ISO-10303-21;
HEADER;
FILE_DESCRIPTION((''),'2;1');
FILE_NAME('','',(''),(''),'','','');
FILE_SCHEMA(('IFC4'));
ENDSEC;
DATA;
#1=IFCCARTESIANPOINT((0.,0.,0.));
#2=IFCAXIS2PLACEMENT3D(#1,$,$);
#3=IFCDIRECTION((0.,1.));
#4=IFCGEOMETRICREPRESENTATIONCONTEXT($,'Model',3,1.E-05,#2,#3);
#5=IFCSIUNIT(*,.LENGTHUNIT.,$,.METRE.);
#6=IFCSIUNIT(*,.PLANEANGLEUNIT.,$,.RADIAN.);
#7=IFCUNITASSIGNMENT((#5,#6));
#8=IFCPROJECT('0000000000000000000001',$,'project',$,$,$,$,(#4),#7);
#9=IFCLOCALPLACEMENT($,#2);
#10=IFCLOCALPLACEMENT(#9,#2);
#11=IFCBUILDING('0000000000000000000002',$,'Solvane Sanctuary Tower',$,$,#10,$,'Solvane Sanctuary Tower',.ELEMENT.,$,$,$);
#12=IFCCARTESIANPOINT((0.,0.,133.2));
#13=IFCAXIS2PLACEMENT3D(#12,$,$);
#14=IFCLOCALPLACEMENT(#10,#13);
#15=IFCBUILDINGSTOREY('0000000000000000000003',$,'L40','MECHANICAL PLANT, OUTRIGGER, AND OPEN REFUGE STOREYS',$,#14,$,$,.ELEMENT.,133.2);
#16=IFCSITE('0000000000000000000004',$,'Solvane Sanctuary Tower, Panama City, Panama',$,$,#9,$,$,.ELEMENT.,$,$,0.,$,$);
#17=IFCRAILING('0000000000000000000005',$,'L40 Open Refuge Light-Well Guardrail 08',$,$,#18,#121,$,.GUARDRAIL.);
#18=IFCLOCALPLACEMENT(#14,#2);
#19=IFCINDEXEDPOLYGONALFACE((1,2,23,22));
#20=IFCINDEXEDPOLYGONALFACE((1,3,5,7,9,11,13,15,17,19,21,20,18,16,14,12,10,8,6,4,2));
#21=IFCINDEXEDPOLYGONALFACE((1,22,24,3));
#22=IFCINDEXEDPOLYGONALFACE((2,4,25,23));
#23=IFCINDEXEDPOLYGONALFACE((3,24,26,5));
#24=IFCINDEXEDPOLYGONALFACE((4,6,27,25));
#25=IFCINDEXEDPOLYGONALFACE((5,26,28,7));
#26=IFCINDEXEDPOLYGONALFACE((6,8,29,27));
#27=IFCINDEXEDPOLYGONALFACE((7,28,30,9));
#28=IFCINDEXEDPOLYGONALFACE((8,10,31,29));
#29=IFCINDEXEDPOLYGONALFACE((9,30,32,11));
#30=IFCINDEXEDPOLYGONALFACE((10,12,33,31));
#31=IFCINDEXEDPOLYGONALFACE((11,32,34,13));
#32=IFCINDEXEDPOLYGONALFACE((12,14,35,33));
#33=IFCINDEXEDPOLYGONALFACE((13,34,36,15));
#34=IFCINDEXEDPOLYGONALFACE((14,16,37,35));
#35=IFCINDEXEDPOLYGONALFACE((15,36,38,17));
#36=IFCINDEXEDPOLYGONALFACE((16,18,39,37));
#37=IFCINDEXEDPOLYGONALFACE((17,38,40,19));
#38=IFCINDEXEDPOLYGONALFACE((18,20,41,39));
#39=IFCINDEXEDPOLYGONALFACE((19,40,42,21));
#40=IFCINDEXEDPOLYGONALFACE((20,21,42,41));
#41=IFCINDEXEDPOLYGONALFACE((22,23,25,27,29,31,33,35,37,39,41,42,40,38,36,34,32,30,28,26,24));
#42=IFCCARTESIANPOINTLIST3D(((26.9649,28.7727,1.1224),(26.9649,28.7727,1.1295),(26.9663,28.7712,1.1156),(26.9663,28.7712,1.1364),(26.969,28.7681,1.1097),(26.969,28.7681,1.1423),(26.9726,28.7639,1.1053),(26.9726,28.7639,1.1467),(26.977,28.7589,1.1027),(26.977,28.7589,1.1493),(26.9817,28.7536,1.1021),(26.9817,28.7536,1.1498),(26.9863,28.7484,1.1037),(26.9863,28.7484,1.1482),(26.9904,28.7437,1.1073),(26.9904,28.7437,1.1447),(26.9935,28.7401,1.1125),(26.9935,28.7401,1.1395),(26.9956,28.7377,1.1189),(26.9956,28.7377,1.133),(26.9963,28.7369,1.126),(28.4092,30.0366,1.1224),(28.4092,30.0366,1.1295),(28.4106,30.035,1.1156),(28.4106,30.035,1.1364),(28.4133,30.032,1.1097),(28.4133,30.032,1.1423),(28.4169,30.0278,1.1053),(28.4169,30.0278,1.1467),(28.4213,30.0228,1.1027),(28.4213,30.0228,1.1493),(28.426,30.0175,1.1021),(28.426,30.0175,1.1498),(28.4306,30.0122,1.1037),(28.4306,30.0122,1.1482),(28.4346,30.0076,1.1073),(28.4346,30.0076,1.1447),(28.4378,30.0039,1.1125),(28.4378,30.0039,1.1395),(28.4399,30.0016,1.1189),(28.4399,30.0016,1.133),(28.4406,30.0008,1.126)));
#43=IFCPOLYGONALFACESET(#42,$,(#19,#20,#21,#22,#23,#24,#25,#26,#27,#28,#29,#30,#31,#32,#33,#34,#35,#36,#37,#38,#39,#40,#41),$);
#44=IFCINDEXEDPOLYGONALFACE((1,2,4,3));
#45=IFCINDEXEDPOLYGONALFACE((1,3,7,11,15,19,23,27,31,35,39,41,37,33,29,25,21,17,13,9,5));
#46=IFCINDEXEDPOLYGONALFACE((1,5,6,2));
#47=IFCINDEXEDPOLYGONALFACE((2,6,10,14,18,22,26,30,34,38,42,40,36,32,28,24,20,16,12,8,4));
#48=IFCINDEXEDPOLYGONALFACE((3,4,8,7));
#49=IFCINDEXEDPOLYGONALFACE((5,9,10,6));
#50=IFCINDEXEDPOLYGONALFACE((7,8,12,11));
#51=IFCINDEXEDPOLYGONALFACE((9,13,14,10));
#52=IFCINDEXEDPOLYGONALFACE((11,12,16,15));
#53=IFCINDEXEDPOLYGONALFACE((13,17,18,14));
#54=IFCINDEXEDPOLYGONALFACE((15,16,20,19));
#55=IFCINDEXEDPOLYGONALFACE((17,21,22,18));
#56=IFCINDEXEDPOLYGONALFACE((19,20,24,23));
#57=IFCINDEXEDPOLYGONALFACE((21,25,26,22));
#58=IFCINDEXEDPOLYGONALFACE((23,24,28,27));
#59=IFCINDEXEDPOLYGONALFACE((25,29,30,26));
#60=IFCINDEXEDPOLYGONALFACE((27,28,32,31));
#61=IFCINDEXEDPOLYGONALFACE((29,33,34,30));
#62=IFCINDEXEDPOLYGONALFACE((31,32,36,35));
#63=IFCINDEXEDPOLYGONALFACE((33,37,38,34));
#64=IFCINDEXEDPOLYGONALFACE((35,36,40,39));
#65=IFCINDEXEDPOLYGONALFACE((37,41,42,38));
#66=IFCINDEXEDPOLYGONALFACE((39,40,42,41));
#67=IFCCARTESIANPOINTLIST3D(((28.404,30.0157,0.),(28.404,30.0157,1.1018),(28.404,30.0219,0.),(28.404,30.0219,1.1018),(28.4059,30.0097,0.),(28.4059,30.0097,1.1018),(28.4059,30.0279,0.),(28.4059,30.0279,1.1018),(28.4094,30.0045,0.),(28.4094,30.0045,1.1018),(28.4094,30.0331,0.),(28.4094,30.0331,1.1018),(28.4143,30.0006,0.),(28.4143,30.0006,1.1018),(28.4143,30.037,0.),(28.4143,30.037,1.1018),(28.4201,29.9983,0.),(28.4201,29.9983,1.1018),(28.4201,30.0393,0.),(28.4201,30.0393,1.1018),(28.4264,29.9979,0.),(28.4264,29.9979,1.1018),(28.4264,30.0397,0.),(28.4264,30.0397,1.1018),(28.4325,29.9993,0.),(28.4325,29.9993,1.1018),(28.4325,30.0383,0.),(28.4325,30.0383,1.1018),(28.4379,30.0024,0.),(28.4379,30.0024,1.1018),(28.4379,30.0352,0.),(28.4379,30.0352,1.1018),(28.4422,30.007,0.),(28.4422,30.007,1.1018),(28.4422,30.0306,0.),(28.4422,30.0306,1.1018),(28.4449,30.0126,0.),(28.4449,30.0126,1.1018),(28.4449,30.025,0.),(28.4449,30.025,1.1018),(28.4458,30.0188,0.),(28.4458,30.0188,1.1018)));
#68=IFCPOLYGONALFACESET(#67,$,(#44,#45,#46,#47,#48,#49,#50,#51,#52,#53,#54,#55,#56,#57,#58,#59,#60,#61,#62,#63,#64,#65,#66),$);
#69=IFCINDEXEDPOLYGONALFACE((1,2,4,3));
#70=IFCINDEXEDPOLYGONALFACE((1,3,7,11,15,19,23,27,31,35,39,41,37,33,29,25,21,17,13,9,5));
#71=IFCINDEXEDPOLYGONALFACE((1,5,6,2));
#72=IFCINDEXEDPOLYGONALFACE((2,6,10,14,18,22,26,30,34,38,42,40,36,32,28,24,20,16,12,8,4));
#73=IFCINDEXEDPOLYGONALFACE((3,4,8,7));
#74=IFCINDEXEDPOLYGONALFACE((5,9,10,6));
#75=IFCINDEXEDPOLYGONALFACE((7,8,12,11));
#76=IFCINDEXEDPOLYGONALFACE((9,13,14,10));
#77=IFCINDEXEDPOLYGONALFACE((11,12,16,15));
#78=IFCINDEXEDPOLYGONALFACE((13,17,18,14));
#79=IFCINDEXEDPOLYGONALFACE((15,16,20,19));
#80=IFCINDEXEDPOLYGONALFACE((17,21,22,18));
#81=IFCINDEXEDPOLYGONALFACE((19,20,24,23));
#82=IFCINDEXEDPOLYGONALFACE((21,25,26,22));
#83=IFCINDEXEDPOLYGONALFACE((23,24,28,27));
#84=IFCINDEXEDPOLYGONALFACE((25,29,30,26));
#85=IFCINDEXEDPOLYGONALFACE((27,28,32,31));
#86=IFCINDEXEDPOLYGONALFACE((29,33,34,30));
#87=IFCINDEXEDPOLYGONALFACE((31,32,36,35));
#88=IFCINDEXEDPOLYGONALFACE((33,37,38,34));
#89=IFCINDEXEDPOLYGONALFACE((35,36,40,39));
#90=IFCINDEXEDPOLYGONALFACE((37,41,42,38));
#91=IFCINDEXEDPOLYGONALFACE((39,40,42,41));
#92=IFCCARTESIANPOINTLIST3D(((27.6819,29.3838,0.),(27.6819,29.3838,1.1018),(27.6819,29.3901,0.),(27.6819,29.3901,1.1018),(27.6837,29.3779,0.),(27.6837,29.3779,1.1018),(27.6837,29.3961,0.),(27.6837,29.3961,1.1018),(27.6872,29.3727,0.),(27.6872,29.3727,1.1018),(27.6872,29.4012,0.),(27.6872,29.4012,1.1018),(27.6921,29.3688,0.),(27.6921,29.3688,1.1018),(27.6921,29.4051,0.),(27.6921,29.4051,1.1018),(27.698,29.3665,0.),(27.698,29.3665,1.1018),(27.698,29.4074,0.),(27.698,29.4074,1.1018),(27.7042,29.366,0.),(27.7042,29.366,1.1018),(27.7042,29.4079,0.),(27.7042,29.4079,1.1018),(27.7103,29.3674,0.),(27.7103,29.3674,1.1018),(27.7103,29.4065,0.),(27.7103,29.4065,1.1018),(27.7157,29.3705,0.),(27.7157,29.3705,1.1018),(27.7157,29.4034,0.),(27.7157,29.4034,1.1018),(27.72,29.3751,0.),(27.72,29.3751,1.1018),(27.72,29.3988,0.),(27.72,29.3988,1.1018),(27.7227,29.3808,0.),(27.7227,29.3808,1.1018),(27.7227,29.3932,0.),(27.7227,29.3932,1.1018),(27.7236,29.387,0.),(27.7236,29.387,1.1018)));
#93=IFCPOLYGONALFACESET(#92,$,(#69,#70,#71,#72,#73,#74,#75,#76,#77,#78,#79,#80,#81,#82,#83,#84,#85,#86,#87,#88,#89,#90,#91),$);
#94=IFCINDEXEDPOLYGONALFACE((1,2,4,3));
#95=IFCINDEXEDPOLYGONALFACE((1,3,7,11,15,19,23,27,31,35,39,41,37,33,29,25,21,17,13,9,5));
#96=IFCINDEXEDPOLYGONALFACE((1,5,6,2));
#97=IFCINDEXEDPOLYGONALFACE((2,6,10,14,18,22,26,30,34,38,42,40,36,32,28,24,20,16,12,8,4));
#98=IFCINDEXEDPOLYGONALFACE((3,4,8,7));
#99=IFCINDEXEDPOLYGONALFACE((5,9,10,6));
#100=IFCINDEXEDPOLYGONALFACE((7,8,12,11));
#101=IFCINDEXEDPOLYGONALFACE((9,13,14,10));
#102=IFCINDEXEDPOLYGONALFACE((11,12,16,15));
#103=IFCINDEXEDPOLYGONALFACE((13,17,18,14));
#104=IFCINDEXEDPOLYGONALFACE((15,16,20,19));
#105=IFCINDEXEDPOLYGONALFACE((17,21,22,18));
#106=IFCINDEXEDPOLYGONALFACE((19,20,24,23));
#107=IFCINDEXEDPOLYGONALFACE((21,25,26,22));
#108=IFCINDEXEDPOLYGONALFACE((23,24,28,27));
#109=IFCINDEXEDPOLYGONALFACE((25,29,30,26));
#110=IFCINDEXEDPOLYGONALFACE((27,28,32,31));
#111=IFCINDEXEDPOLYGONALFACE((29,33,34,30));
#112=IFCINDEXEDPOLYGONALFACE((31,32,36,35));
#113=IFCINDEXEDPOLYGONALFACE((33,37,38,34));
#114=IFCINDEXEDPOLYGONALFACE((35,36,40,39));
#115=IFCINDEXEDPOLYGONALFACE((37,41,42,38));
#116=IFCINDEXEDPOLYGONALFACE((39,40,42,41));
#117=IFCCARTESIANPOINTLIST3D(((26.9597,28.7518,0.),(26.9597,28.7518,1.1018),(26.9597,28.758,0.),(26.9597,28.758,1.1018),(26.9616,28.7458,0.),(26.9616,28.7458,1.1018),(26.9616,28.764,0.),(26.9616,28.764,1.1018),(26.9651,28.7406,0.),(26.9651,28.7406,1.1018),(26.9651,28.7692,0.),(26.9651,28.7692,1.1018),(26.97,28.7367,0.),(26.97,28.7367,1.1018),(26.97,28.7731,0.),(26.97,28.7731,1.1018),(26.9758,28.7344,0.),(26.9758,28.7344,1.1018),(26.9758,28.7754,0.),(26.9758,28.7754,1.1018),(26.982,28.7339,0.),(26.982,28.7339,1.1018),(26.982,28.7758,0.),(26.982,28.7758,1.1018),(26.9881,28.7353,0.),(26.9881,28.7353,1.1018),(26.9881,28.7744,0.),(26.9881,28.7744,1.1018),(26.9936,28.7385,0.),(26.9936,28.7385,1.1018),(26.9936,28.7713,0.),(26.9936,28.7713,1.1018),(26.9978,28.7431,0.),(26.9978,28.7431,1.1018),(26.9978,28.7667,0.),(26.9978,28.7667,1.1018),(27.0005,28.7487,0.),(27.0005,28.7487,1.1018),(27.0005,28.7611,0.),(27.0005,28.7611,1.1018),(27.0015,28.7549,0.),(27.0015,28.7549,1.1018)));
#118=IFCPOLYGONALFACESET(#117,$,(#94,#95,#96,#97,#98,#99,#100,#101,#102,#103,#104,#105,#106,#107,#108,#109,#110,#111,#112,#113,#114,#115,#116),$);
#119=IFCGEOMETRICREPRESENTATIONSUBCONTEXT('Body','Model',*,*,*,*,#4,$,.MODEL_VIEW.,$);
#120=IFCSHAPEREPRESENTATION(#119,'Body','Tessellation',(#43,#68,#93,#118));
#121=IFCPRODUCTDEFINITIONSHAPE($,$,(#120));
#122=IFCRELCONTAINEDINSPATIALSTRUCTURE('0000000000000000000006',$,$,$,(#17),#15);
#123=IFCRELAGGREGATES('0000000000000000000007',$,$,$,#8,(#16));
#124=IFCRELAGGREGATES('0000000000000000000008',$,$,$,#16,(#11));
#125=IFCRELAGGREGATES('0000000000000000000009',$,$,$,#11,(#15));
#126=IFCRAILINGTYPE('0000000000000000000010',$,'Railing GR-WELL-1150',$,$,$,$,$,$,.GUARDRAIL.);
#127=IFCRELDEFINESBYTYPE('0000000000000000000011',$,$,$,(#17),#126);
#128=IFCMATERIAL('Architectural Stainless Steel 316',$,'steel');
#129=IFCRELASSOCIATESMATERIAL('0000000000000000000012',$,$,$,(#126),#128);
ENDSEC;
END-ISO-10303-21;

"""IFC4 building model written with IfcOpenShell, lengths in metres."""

from ifc_helpers import new_model, si_unit, direction, frame, origin, origin_2d, place, context, subcontext, project, spatial, circle, extrude, material, type_object, element, save


model = new_model("IFC4")

# Units and contexts
model_context = context("Model", 3, precision=1e-05, world=origin(), true_north=direction((0.0, 1.0)))
body_context = subcontext(model_context, "Body", "Model", "MODEL_VIEW")
ifc_project = project(units=[si_unit("LENGTHUNIT", "METRE"), si_unit("PLANEANGLEUNIT", "RADIAN")], contexts=[model_context])

# Site, building, storey
site_placement = place(None, origin())
site = spatial("IfcSite", under=ifc_project, at=site_placement, Name="Solvane Sanctuary Tower, Panama City, Panama", CompositionType="ELEMENT", RefElevation=0.0)
building_placement = place(site_placement, origin())
building = spatial("IfcBuilding", under=site, at=building_placement, Name="Solvane Sanctuary Tower", LongName="Solvane Sanctuary Tower", CompositionType="ELEMENT")
storey_placement = place(building_placement, frame((0.0, 0.0, 133.2)))
storey = spatial("IfcBuildingStorey", under=building, at=storey_placement, Name="L40", Description="MECHANICAL PLANT, OUTRIGGER, AND OPEN REFUGE STOREYS", CompositionType="ELEMENT", Elevation=133.2)

# Shared definitions
ifc_material_1 = material(Name="Architectural Stainless Steel 316", Category="steel")

# Railing
railing_type_1 = type_object("IfcRailingType", Name="Railing GR-WELL-1150", PredefinedType="GUARDRAIL", material=ifc_material_1)
railing_1_placement = place(storey_placement, frame((28.4248, 30.0188, 0.0)))
element("IfcRailing", 1, at=railing_1_placement, inside=storey, type_object=railing_type_1, Name="L40 Open Refuge Light-Well Guardrail 08", PredefinedType="GUARDRAIL", context=body_context, shape_type="SweptSolid", body=[
    extrude(circle(Radius=0.0239, at=origin_2d()), frame((0.0, 0.0, 1.126), z_axis=(-0.752545, -0.658541, 0.0), x_axis=(0.658541, -0.752545, 0.0)), (0.0, 0.0, 1.0), 1.9192),
    extrude(circle(Radius=0.021, at=origin_2d()), origin(), (0.0, 0.0, 1.0), 1.1018),
    extrude(circle(Radius=0.021, at=origin_2d()), frame((-0.7222, -0.6318, 0.0)), (0.0, 0.0, 1.0), 1.1018),
    extrude(circle(Radius=0.021, at=origin_2d()), frame((-1.4443, -1.2639, 0.0)), (0.0, 0.0, 1.0), 1.1018),
])

save(model, "model.ifc")
